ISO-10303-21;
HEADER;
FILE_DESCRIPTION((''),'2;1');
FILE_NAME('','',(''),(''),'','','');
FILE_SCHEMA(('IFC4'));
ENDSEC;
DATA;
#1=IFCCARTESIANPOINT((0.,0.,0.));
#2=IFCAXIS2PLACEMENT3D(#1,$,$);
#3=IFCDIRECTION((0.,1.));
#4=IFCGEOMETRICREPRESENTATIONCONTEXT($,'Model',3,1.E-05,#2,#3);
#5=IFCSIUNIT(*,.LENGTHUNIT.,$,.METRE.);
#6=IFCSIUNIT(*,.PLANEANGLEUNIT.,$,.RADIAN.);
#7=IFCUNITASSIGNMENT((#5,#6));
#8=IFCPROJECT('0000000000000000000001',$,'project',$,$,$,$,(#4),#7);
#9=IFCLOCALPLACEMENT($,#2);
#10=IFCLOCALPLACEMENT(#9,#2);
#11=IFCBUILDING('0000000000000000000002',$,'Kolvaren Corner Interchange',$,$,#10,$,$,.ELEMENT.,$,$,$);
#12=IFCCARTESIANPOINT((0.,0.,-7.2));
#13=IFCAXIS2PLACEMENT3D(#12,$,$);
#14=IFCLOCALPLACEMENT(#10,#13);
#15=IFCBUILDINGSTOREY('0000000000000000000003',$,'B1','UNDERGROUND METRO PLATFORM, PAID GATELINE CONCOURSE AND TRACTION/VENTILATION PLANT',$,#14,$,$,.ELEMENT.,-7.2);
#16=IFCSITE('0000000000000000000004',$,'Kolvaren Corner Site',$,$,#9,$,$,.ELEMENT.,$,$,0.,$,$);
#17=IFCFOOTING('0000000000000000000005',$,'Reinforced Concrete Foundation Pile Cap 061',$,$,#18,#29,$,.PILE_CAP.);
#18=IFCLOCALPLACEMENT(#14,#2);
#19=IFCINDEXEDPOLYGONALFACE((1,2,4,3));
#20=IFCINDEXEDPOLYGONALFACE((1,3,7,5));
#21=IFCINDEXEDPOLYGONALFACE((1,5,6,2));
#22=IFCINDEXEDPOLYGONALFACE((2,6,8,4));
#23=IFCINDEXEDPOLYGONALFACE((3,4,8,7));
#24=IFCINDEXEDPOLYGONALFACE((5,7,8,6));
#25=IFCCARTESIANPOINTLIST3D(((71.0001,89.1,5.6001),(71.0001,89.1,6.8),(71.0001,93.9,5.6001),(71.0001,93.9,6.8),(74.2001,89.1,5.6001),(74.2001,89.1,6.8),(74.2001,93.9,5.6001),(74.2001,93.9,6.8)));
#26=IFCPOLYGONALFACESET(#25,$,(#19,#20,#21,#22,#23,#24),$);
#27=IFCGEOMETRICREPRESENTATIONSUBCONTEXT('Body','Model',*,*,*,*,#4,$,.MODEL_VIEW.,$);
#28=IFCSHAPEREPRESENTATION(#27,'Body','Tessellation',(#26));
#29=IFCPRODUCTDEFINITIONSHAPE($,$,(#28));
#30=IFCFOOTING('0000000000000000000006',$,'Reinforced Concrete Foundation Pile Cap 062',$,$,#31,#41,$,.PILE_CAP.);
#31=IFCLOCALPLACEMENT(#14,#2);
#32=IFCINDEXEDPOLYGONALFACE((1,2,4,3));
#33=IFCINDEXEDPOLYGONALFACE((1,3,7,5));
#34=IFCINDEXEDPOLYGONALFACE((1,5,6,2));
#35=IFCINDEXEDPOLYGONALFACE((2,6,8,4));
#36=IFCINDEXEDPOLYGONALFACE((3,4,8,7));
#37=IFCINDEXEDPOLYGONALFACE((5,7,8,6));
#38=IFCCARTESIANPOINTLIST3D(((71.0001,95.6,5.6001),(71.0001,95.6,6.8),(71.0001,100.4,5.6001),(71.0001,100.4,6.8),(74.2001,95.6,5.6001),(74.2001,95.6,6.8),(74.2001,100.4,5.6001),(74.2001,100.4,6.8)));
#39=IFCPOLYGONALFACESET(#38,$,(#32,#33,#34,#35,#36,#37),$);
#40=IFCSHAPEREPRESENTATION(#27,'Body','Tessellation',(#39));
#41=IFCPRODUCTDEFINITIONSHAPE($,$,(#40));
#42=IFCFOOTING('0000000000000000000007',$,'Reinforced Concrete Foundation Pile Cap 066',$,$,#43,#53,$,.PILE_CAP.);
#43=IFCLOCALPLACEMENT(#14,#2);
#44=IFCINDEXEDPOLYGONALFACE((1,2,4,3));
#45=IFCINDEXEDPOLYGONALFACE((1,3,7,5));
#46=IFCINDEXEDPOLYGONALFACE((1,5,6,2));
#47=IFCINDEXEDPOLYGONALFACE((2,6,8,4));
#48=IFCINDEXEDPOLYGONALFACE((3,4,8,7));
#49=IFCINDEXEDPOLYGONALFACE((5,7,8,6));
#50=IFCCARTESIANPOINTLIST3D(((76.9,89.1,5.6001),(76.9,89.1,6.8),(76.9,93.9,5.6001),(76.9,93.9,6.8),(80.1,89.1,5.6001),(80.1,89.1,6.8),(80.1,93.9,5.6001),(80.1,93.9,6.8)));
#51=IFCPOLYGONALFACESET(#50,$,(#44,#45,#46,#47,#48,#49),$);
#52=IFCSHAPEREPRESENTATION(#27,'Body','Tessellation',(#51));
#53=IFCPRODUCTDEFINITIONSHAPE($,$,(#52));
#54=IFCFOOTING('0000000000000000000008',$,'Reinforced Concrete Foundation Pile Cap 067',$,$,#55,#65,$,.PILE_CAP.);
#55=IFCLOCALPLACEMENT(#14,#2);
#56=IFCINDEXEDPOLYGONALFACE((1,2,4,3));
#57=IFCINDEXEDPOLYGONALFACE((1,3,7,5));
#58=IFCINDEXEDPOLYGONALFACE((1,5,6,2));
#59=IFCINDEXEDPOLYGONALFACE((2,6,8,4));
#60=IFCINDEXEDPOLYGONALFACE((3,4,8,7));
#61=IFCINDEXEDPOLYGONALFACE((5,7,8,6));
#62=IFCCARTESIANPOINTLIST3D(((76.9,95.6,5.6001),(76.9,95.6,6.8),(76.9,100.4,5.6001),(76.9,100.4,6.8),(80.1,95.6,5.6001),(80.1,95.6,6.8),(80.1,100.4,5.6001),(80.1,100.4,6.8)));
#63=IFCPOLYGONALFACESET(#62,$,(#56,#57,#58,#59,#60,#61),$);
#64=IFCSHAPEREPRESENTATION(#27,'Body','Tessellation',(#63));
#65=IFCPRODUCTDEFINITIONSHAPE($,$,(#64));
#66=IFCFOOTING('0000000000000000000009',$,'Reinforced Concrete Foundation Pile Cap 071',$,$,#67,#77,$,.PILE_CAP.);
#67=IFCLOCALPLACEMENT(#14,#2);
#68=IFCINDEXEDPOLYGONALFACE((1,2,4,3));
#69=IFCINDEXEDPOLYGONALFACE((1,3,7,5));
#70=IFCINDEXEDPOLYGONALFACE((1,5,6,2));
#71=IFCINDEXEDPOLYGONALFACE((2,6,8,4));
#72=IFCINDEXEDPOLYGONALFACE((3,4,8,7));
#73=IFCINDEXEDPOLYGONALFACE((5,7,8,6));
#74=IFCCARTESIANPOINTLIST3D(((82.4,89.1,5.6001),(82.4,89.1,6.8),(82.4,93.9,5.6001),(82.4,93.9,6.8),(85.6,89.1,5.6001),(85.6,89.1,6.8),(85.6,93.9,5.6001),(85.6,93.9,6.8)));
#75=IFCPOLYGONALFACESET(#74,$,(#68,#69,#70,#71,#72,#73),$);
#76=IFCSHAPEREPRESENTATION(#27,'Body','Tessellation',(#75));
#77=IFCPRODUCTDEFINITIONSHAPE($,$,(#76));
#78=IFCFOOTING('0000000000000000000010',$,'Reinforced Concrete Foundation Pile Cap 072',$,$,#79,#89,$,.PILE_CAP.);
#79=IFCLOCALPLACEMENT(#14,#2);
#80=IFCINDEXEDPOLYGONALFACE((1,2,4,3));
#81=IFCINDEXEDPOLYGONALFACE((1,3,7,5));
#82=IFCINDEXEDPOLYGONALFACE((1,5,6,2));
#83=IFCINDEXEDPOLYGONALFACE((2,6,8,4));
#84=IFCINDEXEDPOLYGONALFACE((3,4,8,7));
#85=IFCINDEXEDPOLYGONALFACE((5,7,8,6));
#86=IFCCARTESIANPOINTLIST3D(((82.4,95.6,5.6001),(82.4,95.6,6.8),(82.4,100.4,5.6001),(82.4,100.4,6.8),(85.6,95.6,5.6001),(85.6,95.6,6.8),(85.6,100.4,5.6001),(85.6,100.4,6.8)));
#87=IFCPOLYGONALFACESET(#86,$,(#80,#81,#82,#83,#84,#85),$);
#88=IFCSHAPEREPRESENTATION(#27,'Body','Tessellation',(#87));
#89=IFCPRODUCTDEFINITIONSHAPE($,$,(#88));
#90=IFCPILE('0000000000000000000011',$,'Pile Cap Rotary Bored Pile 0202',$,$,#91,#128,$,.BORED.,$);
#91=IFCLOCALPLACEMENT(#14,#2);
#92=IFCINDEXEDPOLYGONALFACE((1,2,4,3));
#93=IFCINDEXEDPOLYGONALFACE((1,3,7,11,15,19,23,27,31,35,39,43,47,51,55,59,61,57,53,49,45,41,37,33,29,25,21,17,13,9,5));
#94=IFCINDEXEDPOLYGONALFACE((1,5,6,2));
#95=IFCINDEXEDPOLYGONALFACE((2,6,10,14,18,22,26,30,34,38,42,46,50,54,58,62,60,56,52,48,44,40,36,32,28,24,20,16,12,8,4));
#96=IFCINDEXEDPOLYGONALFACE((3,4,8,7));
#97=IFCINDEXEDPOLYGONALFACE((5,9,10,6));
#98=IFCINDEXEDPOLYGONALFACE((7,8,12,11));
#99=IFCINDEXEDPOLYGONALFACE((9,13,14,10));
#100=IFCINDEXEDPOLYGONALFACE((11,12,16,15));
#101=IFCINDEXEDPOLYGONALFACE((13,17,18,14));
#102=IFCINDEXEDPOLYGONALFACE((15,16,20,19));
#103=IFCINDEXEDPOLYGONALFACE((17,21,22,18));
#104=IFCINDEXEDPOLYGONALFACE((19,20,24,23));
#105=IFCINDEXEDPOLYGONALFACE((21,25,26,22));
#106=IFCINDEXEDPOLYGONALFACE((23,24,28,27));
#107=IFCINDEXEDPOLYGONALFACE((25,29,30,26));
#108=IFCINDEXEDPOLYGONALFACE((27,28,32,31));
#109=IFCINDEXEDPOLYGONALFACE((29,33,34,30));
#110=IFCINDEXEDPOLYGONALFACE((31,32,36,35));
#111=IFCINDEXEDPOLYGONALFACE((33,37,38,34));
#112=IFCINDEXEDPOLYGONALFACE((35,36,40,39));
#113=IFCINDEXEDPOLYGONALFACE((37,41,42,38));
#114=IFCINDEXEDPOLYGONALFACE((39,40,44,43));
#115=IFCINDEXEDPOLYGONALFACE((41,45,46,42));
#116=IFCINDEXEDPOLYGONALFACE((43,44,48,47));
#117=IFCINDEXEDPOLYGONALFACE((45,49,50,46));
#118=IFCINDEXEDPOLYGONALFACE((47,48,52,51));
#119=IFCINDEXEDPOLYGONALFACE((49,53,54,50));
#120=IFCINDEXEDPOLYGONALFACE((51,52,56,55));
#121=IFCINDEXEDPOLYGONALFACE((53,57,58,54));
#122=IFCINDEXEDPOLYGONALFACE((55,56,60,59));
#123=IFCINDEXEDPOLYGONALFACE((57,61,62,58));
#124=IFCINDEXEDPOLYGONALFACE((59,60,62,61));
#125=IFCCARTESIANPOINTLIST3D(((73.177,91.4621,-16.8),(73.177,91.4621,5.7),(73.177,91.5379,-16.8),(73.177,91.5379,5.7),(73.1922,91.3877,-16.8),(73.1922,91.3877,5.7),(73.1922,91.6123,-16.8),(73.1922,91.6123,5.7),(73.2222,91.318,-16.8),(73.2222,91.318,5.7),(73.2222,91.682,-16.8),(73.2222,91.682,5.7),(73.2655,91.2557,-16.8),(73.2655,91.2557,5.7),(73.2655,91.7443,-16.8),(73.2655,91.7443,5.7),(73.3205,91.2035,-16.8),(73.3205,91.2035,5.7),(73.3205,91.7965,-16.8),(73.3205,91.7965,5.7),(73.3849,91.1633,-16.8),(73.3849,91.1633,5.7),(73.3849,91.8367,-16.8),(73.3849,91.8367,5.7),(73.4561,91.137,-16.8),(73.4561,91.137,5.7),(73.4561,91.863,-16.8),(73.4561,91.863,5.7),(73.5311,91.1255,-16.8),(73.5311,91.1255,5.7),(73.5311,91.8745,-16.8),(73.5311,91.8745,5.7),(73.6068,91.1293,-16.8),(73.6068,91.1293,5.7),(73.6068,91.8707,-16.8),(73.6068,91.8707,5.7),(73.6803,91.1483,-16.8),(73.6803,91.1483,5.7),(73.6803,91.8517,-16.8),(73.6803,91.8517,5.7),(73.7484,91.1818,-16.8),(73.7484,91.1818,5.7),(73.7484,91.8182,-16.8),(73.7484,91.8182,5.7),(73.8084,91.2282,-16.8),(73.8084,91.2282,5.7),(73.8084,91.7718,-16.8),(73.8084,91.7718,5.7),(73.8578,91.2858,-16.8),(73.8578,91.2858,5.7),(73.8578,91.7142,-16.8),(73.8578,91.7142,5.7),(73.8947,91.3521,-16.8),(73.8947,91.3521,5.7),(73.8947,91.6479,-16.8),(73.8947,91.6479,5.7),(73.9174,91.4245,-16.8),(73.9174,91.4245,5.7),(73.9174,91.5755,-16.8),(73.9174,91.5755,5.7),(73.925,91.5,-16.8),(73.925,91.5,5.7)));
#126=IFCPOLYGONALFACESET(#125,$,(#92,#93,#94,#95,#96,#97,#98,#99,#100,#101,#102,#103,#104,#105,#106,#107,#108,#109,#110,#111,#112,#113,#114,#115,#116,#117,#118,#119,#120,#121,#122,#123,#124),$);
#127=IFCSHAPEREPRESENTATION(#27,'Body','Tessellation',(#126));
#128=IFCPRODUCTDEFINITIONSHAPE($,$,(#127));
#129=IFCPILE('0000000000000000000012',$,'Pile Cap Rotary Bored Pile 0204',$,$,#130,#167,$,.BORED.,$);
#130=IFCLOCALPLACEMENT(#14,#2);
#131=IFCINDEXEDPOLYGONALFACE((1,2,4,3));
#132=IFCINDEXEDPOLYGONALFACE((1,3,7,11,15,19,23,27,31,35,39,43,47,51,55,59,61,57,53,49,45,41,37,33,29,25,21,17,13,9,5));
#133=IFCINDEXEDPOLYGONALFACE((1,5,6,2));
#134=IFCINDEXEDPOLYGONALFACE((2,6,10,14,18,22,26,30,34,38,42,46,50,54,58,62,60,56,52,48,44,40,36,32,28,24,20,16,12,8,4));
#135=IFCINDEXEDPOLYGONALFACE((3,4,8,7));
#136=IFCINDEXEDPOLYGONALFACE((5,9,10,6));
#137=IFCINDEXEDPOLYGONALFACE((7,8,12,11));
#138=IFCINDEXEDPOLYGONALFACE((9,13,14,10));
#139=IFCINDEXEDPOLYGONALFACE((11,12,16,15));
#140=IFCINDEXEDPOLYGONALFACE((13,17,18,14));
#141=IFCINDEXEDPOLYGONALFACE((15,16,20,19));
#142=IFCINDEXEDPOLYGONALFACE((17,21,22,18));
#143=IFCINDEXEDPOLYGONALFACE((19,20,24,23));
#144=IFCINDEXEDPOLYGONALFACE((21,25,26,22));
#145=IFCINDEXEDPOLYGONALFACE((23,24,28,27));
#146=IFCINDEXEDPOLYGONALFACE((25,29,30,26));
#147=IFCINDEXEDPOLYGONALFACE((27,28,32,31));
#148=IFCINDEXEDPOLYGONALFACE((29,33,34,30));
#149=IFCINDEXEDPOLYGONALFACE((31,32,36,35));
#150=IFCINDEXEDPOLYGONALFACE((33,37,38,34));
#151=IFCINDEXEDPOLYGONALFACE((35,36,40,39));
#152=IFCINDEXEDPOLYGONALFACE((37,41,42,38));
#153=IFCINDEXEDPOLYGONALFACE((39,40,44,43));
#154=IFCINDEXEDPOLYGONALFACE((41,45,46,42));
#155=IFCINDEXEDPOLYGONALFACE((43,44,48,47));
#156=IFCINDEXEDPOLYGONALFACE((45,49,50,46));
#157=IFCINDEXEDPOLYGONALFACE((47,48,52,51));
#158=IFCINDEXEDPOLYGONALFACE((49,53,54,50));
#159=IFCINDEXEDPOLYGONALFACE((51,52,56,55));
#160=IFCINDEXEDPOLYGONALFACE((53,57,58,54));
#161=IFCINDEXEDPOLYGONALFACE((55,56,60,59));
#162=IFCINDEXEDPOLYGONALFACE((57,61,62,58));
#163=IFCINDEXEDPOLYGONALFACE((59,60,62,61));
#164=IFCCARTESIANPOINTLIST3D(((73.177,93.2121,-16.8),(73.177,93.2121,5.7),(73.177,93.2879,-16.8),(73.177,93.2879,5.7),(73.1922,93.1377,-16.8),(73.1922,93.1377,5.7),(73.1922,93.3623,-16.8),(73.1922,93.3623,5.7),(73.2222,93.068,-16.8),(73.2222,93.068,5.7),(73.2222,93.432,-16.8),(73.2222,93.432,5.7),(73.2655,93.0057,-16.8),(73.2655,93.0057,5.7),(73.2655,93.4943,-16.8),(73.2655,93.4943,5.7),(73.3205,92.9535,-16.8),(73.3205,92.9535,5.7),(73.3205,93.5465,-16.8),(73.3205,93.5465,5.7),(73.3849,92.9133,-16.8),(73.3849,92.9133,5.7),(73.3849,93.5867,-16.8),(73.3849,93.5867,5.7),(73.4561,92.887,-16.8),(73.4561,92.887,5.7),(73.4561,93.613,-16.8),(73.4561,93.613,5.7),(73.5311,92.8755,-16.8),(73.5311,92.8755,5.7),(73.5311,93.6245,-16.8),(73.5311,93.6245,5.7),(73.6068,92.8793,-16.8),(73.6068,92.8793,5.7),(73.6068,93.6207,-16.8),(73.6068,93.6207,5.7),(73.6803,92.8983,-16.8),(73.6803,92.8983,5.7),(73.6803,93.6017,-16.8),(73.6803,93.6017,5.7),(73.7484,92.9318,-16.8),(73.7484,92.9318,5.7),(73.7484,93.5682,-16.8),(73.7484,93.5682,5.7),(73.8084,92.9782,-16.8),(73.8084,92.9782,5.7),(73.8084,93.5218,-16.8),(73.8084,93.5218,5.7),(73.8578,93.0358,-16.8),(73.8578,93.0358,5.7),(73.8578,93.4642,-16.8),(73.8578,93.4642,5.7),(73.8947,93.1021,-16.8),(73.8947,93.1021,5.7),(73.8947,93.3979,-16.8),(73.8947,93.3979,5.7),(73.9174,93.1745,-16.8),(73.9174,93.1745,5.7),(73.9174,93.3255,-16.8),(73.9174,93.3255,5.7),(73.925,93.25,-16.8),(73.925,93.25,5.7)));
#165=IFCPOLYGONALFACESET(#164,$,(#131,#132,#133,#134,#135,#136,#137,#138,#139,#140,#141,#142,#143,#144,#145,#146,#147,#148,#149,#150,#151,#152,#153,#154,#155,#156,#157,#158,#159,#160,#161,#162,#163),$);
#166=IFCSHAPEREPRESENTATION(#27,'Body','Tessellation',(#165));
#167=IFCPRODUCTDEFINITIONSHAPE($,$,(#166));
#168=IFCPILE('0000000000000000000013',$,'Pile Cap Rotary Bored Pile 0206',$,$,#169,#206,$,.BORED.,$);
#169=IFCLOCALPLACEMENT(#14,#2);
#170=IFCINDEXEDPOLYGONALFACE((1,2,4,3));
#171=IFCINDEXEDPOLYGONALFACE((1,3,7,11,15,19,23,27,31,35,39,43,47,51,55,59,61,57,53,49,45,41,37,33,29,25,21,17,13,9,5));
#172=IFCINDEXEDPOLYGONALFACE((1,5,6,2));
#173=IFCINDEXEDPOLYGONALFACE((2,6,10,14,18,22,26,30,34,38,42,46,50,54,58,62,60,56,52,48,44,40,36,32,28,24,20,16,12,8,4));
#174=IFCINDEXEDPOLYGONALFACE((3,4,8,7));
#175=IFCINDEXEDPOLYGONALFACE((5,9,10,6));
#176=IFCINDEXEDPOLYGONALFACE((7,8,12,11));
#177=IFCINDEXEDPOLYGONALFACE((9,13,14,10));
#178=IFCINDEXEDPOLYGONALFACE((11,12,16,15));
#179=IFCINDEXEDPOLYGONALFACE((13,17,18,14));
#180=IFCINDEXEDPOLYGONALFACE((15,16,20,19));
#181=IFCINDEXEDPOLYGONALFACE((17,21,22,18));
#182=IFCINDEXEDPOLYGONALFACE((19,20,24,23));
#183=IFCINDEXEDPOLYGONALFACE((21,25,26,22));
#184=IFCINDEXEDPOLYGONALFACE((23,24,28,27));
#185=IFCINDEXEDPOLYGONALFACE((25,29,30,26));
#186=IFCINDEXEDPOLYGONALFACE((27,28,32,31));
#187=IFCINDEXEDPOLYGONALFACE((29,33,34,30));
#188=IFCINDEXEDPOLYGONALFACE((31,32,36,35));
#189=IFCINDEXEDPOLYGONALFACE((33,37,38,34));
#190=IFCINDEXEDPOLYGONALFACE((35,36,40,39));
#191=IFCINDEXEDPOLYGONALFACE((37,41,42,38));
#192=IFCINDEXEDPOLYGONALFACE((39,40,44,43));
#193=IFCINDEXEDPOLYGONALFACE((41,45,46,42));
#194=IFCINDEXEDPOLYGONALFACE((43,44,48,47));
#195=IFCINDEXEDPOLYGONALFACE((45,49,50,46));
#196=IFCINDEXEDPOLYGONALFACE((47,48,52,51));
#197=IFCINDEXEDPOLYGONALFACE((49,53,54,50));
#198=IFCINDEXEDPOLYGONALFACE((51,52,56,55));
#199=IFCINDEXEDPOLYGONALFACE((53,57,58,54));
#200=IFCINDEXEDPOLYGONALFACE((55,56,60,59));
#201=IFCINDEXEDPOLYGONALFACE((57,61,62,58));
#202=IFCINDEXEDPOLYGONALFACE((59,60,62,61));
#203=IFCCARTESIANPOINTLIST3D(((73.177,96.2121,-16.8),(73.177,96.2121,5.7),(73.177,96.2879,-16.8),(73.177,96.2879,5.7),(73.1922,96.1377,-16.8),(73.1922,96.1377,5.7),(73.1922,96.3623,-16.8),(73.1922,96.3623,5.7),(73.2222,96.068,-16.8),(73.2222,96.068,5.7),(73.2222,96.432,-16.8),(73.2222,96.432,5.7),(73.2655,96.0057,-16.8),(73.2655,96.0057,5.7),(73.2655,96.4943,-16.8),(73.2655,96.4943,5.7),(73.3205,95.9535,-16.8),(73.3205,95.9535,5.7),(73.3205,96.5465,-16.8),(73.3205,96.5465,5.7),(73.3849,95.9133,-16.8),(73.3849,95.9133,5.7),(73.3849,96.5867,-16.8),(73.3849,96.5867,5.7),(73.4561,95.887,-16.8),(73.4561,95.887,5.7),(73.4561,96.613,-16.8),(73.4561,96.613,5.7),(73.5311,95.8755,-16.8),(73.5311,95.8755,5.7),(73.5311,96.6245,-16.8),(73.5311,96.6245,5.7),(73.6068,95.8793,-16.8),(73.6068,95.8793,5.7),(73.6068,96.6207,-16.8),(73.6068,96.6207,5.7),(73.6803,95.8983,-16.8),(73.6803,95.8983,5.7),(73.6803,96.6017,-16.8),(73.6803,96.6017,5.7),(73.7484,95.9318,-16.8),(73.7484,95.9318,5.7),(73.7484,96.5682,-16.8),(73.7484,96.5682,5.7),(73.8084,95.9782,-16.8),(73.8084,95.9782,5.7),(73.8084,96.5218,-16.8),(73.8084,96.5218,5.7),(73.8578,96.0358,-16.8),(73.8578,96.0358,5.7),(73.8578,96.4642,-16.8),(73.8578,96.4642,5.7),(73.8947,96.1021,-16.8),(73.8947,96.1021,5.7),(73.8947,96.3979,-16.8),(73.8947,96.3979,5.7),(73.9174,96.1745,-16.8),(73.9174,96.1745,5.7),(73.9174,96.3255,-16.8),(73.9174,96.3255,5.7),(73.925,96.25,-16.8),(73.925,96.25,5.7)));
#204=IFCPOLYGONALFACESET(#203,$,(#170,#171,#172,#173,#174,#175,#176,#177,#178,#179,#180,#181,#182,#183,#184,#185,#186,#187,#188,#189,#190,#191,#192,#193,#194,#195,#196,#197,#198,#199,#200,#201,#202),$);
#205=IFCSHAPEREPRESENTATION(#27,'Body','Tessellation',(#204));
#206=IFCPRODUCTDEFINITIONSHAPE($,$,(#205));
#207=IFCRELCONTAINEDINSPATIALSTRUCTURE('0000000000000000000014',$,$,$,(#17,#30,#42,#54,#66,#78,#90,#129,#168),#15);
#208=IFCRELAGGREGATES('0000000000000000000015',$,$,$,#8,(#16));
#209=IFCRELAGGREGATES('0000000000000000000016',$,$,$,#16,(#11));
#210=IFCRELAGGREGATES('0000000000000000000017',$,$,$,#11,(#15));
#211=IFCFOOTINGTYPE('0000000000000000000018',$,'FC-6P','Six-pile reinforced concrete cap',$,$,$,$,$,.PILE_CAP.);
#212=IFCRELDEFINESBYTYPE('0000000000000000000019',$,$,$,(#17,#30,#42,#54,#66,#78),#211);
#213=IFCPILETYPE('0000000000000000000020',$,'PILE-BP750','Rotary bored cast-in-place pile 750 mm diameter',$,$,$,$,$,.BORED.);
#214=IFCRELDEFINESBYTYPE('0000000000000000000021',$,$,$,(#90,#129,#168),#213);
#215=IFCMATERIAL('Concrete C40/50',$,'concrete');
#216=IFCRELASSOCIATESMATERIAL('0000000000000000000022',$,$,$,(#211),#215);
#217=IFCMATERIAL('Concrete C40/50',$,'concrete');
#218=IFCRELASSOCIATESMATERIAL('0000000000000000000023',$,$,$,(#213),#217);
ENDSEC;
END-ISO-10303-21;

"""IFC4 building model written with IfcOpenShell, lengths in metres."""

from ifc_helpers import new_model, si_unit, direction, frame, origin, origin_2d, place, context, subcontext, project, spatial, rectangle, circle, extrude, material, material_profile, profile_set, type_object, element, save


model = new_model("IFC4")

# Units and contexts
model_context = context("Model", 3, precision=1e-05, world=origin(), true_north=direction((0.0, 1.0)))
body_context = subcontext(model_context, "Body", "Model", "MODEL_VIEW")
ifc_project = project(units=[si_unit("LENGTHUNIT", "METRE"), si_unit("PLANEANGLEUNIT", "RADIAN")], contexts=[model_context])

# Site, building, storey
site_placement = place(None, origin())
site = spatial("IfcSite", under=ifc_project, at=site_placement, Name="Kolvaren Corner Site", CompositionType="ELEMENT", RefElevation=0.0)
building_placement = place(site_placement, origin())
building = spatial("IfcBuilding", under=site, at=building_placement, Name="Kolvaren Corner Interchange", CompositionType="ELEMENT")
storey_placement = place(building_placement, frame((0.0, 0.0, -7.2)))
storey = spatial("IfcBuildingStorey", under=building, at=storey_placement, Name="B1", Description="UNDERGROUND METRO PLATFORM, PAID GATELINE CONCOURSE AND TRACTION/VENTILATION PLANT", CompositionType="ELEMENT", Elevation=-7.2)

# Footings
ifc_material_1 = material(Name="Concrete C40/50", Category="concrete")
footing_type = type_object("IfcFootingType", Name="FC-6P", Description="Six-pile reinforced concrete cap", PredefinedType="PILE_CAP", material=ifc_material_1)
for number, where, z_axis, x_axis, name in (
    (1, (72.6001, 91.5, 5.6001), (0.0, 0.0, 1.0), (1.0, 0.0, 0.0), "Reinforced Concrete Foundation Pile Cap 061"),
    (2, (72.6001, 98.0, 5.6001), (0.0, 0.0, 1.0), (1.0, 0.0, 0.0), "Reinforced Concrete Foundation Pile Cap 062"),
    (3, (78.5, 91.5, 5.6001), (0.0, 0.0, 1.0), (1.0, 0.0, 0.0), "Reinforced Concrete Foundation Pile Cap 066"),
    (4, (78.5, 98.0, 5.6001), (0.0, 0.0, 1.0), (1.0, 0.0, 0.0), "Reinforced Concrete Foundation Pile Cap 067"),
    (5, (84.0, 91.5, 5.6001), (0.0, 0.0, 1.0), (1.0, 0.0, 0.0), "Reinforced Concrete Foundation Pile Cap 071"),
    (6, (84.0, 98.0, 5.6001), (0.0, 0.0, 1.0), (1.0, 0.0, 0.0), "Reinforced Concrete Foundation Pile Cap 072"),
):
    element("IfcFooting", number, at=place(storey_placement, frame(where, z_axis=z_axis, x_axis=x_axis)), inside=storey, type_object=footing_type, Name=name, PredefinedType="PILE_CAP", context=body_context, shape_type="SweptSolid", body=[
        extrude(rectangle(XDim=3.2, YDim=4.8, at=origin_2d()), origin(), (0.0, 0.0, 1.0), 1.2),
    ])

# Piles
ifc_material_2 = material(Name="Concrete C40/50", Category="concrete")
ifc_material_profile = material_profile(ifc_material_2, circle(Radius=0.375, at=origin_2d()), Name="BORED PILE 750")
ifc_profile_set = profile_set([ifc_material_profile], Name="Concrete C40/50")
pile_type = type_object("IfcPileType", Name="PILE-BP750", Description="Rotary bored cast-in-place pile 750 mm diameter", PredefinedType="BORED", material=ifc_profile_set)
for number, where, z_axis, x_axis, name in (
    (7, (73.55, 91.5, 5.7), (0.0, 0.0, -1.0), (1.0, 0.0, 0.0), "Pile Cap Rotary Bored Pile 0202"),
    (8, (73.55, 93.25, 5.7), (0.0, 0.0, -1.0), (1.0, 0.0, 0.0), "Pile Cap Rotary Bored Pile 0204"),
    (9, (73.55, 96.25, 5.7), (0.0, 0.0, -1.0), (1.0, 0.0, 0.0), "Pile Cap Rotary Bored Pile 0206"),
):
    element("IfcPile", number, at=place(storey_placement, frame(where, z_axis=z_axis, x_axis=x_axis)), inside=storey, type_object=pile_type, Name=name, PredefinedType="BORED", context=body_context, shape_type="SweptSolid", body=[
        extrude(circle(Radius=0.375, at=origin_2d()), origin(), (0.0, 0.0, 1.0), 22.5),
    ])

save(model, "model.ifc")
